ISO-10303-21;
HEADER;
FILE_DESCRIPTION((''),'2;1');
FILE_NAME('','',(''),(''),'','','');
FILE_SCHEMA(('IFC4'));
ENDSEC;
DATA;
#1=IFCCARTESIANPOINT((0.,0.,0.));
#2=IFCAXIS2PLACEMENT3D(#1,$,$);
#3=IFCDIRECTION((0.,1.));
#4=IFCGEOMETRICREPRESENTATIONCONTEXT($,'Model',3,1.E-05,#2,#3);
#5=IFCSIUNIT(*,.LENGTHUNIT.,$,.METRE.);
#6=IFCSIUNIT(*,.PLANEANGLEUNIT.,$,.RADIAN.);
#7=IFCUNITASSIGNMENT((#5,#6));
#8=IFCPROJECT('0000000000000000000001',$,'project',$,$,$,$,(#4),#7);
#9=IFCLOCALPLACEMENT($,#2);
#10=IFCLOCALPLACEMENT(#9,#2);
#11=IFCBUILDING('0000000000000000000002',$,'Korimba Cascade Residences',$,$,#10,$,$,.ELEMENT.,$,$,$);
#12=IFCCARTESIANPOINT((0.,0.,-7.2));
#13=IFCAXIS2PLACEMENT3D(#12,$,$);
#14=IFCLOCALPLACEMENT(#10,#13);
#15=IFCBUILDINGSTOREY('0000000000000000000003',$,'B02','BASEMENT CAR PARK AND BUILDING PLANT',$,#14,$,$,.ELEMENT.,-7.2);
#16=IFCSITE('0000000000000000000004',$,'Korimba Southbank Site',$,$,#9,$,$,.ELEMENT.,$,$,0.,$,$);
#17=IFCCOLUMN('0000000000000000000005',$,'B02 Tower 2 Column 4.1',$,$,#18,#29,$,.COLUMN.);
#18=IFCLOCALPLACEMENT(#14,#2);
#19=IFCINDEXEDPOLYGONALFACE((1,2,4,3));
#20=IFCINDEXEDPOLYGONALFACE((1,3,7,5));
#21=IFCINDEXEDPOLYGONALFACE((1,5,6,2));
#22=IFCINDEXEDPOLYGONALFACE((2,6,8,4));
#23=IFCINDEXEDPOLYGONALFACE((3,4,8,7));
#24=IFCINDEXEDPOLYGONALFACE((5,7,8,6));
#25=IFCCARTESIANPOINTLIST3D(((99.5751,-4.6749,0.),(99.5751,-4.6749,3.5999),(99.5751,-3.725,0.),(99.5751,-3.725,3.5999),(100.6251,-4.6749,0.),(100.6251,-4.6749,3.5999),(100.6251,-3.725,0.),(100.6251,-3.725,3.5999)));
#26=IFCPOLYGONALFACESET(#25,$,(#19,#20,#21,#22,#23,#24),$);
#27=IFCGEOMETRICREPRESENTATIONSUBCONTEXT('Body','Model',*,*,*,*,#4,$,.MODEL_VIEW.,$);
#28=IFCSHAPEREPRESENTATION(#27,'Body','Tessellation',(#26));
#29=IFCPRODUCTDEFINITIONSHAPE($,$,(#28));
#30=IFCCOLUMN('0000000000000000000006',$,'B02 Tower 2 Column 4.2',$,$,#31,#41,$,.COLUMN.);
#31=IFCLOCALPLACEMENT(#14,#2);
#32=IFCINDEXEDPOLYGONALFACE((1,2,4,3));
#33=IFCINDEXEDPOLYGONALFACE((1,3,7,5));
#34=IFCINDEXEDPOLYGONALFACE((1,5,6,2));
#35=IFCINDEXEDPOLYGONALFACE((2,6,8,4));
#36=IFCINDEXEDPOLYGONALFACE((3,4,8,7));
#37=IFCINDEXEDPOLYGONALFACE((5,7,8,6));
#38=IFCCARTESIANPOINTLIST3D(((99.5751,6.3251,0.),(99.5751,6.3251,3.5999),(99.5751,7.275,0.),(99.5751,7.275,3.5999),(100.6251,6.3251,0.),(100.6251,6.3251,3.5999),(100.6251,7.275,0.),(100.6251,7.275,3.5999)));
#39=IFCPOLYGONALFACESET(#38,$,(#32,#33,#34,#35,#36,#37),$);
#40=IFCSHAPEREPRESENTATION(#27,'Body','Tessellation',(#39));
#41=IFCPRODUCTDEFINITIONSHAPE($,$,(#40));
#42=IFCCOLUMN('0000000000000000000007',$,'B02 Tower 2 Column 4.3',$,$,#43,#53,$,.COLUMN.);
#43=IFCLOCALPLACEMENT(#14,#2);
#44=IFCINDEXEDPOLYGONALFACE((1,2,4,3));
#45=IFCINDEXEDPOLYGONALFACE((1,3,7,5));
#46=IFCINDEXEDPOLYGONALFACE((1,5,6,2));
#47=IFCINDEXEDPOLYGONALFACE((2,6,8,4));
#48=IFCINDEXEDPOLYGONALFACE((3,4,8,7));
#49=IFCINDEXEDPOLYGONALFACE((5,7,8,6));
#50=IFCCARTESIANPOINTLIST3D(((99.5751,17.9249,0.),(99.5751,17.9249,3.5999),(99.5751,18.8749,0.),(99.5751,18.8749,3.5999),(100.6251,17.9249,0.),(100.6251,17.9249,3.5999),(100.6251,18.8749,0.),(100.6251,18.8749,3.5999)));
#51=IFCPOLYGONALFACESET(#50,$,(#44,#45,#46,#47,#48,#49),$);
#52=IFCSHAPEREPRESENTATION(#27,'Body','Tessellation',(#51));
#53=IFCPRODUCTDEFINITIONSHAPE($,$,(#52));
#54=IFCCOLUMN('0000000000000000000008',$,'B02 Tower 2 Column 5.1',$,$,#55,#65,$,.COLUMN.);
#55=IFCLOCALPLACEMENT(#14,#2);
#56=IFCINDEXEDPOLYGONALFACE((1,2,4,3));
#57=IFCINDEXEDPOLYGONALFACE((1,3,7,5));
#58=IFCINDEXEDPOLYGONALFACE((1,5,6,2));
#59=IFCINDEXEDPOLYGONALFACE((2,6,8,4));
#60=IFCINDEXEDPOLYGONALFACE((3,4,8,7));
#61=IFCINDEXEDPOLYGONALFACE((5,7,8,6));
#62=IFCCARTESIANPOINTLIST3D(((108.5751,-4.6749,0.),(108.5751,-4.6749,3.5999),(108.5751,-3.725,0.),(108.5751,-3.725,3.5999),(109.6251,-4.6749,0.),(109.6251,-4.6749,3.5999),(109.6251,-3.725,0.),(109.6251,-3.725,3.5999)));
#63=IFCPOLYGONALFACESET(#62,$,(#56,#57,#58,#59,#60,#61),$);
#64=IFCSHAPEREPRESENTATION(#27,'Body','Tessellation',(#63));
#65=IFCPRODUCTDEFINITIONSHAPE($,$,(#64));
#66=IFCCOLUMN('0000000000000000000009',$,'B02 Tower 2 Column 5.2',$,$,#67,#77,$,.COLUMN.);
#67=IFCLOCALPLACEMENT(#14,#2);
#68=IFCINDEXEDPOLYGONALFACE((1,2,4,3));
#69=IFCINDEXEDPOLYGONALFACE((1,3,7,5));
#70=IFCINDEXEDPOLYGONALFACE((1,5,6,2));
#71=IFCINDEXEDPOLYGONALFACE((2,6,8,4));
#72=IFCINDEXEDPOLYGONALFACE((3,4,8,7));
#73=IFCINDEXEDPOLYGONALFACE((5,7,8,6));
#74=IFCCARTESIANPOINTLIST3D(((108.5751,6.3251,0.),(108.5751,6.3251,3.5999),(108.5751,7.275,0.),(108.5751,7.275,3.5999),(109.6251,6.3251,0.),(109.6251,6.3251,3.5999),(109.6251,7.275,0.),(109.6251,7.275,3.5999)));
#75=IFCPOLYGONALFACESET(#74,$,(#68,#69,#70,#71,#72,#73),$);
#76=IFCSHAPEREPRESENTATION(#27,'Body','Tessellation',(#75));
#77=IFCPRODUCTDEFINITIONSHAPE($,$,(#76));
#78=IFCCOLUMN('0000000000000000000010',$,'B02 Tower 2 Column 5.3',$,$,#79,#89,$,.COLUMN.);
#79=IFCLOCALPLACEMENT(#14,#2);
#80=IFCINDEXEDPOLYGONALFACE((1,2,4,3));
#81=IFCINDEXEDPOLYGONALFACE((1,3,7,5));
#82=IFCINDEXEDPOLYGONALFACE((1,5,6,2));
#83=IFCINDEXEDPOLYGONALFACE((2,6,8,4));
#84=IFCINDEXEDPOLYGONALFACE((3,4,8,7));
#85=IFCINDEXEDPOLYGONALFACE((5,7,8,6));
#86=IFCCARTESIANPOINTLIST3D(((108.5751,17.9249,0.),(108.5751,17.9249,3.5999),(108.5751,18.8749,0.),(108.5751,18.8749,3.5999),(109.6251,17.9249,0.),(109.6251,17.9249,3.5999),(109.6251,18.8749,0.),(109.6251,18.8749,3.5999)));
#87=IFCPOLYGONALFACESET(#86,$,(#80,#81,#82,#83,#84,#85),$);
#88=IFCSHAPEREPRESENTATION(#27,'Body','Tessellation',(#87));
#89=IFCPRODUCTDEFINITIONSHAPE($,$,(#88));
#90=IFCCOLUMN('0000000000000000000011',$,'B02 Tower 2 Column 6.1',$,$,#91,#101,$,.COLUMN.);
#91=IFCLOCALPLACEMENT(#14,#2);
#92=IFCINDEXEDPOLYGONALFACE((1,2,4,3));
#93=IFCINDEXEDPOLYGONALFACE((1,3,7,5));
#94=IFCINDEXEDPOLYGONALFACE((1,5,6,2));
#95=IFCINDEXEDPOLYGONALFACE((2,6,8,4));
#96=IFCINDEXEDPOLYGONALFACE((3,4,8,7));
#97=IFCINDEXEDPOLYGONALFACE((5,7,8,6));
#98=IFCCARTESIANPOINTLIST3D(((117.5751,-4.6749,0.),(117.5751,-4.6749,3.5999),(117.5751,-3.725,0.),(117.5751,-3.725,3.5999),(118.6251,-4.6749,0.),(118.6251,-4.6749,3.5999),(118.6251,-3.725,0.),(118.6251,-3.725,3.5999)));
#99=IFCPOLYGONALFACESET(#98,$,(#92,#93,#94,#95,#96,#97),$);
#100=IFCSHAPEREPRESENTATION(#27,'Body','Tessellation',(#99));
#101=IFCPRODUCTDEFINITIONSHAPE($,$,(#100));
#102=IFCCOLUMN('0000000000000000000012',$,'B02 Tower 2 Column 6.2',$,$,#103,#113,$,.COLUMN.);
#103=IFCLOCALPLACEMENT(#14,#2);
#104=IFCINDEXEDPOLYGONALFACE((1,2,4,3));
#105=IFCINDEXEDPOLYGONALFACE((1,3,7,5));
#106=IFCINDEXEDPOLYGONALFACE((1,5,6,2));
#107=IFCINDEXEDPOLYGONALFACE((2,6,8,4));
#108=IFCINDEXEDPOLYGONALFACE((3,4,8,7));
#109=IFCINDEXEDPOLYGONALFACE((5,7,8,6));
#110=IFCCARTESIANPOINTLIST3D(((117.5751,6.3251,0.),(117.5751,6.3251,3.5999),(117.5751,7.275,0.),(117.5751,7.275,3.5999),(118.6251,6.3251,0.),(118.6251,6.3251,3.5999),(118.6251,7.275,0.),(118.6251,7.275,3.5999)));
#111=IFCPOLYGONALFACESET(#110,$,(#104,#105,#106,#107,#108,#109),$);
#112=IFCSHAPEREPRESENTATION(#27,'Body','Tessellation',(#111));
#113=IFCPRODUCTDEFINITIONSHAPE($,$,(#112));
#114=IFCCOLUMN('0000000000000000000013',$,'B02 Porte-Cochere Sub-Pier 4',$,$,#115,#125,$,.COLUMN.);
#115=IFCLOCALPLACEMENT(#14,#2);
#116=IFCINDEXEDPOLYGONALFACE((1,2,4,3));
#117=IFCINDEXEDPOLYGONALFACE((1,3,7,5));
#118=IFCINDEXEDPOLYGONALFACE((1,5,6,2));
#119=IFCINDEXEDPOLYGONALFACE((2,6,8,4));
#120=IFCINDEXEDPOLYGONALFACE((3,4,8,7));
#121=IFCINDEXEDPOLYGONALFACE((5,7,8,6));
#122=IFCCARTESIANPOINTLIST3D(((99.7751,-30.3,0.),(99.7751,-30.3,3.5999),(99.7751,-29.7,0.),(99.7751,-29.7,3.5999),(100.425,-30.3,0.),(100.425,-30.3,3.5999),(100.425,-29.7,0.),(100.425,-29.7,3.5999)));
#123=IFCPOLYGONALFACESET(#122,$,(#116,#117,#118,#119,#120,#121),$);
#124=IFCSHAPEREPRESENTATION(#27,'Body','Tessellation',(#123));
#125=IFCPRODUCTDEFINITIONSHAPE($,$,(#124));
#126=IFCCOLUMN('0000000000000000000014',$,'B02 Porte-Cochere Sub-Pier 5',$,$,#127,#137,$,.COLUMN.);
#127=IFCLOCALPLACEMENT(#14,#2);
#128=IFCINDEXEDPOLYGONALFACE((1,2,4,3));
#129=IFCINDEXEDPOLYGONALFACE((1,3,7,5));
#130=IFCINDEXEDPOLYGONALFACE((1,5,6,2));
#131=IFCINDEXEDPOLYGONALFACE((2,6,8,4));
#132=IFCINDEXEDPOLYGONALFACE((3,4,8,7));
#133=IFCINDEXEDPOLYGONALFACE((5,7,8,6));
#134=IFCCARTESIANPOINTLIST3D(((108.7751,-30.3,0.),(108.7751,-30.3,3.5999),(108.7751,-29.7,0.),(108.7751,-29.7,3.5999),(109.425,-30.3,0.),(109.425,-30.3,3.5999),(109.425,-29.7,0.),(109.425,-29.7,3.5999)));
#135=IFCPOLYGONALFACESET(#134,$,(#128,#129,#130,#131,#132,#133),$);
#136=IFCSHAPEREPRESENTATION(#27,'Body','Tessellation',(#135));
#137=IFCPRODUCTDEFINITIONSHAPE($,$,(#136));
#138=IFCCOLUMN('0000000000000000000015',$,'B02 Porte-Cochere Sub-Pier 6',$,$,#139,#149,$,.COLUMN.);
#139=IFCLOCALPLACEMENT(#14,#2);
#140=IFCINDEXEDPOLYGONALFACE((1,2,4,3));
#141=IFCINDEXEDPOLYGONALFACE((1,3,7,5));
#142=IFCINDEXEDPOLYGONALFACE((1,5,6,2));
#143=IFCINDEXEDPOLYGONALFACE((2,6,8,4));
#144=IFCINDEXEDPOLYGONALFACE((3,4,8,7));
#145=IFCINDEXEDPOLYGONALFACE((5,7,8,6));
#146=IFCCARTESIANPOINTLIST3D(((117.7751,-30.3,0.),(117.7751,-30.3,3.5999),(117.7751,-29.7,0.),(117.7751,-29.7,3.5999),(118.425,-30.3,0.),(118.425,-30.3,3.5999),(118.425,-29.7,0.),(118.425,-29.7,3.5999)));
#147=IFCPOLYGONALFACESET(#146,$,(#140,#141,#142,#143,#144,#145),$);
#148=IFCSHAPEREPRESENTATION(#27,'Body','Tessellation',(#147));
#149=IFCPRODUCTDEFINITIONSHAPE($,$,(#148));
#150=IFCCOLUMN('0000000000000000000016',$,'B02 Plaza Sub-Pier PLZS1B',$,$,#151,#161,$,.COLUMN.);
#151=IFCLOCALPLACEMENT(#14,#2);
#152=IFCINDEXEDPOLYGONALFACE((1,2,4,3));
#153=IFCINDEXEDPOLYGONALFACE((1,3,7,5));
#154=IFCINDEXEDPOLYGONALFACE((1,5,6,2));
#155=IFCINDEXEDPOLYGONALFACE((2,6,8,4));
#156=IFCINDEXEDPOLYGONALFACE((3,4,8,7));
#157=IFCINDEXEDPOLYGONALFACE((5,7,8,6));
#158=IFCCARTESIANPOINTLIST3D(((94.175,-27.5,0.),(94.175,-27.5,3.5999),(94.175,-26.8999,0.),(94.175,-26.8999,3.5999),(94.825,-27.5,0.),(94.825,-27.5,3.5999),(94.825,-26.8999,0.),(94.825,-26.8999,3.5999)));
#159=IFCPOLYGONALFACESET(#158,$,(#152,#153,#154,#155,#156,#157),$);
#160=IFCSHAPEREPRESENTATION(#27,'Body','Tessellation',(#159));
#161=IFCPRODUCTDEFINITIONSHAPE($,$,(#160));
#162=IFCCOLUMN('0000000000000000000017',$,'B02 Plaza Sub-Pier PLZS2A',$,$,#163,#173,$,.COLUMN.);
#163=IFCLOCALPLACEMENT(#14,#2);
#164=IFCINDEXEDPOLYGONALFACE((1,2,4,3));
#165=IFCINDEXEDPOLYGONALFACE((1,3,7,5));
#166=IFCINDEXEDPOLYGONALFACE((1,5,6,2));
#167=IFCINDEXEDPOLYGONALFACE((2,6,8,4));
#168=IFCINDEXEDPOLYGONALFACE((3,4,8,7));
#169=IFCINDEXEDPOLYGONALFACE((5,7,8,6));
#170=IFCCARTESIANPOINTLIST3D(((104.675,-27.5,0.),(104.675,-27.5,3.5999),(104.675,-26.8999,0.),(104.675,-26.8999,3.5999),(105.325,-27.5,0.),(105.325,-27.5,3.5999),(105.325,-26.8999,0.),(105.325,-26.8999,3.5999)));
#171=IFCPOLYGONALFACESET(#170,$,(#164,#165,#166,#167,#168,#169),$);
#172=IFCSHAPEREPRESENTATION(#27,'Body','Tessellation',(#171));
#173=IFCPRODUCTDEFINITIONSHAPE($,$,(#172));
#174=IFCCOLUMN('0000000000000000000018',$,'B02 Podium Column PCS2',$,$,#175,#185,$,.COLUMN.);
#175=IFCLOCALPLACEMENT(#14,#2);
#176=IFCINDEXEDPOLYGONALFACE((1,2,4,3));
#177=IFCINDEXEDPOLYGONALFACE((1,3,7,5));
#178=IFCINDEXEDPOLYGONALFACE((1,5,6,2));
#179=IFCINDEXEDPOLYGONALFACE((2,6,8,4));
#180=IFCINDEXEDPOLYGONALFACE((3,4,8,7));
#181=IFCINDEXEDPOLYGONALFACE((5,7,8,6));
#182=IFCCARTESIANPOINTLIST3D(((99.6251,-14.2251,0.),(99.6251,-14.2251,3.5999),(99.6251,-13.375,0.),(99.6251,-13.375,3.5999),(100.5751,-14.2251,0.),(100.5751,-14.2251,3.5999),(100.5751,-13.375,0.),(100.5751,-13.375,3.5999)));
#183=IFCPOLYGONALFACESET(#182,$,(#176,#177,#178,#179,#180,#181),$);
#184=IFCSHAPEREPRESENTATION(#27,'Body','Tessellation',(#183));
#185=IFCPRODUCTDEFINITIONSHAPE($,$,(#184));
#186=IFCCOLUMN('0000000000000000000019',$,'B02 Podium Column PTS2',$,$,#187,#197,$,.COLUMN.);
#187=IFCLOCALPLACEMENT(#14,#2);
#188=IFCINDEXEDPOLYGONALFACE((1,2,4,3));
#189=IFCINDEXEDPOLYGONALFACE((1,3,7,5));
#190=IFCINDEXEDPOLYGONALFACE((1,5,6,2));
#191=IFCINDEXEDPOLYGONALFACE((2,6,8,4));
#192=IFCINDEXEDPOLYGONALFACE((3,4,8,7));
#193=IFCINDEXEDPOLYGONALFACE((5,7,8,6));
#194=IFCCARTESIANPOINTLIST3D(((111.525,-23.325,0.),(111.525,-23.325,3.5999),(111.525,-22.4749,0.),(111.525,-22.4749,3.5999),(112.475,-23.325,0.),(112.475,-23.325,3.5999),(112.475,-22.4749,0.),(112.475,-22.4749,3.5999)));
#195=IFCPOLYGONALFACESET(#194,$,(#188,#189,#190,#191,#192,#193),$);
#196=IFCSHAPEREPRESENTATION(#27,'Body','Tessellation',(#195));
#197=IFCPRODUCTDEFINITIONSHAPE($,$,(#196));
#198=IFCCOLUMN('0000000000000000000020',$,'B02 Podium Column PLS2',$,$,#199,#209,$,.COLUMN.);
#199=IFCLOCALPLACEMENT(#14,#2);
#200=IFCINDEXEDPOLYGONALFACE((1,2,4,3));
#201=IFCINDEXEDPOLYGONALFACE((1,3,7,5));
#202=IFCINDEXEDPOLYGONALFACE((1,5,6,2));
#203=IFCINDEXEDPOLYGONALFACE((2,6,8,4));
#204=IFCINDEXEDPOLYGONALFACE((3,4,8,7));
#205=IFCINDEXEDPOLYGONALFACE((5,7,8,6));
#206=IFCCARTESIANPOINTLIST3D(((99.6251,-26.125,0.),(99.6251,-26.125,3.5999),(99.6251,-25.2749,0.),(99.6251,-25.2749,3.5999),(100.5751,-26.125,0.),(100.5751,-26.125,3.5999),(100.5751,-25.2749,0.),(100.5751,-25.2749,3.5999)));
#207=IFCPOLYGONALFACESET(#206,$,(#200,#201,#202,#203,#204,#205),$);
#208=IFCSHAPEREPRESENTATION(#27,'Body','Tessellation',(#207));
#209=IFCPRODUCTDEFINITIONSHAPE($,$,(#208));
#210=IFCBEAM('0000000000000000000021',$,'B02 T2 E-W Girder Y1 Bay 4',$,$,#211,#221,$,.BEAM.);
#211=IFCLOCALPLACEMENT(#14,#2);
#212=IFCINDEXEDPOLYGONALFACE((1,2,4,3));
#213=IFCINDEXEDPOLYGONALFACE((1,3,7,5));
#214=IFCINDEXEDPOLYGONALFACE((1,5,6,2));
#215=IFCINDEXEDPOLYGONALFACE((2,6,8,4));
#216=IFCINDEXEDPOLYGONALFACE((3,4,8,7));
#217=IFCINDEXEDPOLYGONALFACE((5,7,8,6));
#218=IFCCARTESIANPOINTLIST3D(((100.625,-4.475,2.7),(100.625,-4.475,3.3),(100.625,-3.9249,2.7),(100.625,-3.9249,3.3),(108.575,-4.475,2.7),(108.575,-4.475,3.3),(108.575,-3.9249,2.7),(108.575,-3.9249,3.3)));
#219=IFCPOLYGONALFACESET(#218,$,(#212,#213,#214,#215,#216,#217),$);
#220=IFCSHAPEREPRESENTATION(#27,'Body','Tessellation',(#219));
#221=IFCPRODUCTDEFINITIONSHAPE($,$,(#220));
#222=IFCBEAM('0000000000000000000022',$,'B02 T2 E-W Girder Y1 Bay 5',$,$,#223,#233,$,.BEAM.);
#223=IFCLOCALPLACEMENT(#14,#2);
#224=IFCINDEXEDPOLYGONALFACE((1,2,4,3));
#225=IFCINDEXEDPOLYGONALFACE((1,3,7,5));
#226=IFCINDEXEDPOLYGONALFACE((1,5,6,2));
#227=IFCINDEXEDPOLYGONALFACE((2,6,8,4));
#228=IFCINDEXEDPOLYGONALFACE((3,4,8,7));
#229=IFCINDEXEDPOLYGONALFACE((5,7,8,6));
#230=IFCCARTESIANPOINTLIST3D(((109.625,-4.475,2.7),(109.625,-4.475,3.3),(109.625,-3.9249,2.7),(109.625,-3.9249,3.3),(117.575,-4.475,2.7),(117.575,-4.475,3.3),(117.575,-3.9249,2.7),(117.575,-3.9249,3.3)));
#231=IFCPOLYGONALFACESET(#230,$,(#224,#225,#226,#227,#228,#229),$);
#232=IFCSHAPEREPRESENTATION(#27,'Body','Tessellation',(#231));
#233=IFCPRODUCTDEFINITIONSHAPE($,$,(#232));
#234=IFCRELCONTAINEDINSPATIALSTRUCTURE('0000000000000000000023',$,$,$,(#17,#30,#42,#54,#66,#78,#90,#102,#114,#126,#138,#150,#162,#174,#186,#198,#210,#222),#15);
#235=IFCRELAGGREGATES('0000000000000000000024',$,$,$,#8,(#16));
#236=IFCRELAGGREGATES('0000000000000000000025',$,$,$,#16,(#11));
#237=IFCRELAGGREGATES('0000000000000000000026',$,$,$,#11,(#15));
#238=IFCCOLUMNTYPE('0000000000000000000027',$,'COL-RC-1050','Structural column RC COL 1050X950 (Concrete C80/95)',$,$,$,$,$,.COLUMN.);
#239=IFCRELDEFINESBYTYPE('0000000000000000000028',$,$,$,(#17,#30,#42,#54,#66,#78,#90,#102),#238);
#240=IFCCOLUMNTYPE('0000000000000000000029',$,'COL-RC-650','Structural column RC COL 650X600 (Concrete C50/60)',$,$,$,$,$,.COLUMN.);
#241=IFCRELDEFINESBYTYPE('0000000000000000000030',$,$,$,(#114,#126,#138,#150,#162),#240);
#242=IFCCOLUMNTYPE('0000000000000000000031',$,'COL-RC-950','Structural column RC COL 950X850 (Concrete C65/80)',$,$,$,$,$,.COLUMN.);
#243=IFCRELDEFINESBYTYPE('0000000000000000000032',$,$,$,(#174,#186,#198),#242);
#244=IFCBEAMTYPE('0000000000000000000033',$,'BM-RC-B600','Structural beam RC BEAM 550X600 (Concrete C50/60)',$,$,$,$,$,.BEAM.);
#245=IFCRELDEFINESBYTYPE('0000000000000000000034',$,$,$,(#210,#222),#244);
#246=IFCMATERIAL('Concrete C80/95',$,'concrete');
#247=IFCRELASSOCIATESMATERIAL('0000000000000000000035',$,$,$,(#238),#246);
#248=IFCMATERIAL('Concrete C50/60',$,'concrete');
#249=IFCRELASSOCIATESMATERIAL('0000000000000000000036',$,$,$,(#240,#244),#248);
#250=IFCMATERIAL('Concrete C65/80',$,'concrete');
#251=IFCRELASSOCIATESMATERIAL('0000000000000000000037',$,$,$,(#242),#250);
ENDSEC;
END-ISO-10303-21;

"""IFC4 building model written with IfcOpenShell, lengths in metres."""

from ifc_helpers import new_model, si_unit, direction, frame, origin, origin_2d, place, context, subcontext, project, spatial, rectangle, extrude, material, material_profile, profile_set, type_object, element, save


model = new_model("IFC4")

# Units and contexts
model_context = context("Model", 3, precision=1e-05, world=origin(), true_north=direction((0.0, 1.0)))
body_context = subcontext(model_context, "Body", "Model", "MODEL_VIEW")
ifc_project = project(units=[si_unit("LENGTHUNIT", "METRE"), si_unit("PLANEANGLEUNIT", "RADIAN")], contexts=[model_context])

# Site, building, storey
site_placement = place(None, origin())
site = spatial("IfcSite", under=ifc_project, at=site_placement, Name="Korimba Southbank Site", CompositionType="ELEMENT", RefElevation=0.0)
building_placement = place(site_placement, origin())
building = spatial("IfcBuilding", under=site, at=building_placement, Name="Korimba Cascade Residences", CompositionType="ELEMENT")
storey_placement = place(building_placement, frame((0.0, 0.0, -7.2)))
storey = spatial("IfcBuildingStorey", under=building, at=storey_placement, Name="B02", Description="BASEMENT CAR PARK AND BUILDING PLANT", CompositionType="ELEMENT", Elevation=-7.2)

# Columns
ifc_material_1 = material(Name="Concrete C80/95", Category="concrete")
ifc_material_profile_1 = material_profile(ifc_material_1, rectangle(XDim=1.05, YDim=0.95, at=origin_2d()), Name="Concrete C80/95")
ifc_profile_set_1 = profile_set([ifc_material_profile_1], Name="Concrete C80/95")
column_type_1 = type_object("IfcColumnType", Name="COL-RC-1050", Description="Structural column RC COL 1050X950 (Concrete C80/95)", PredefinedType="COLUMN", material=ifc_profile_set_1)
for number, where, z_axis, x_axis, name in (
    (1, (100.1001, -4.2, 0.0), (0.0, 0.0, 1.0), (1.0, 0.0, 0.0), "B02 Tower 2 Column 4.1"),
    (2, (100.1001, 6.8, 0.0), (0.0, 0.0, 1.0), (1.0, 0.0, 0.0), "B02 Tower 2 Column 4.2"),
    (3, (100.1001, 18.3999, 0.0), (0.0, 0.0, 1.0), (1.0, 0.0, 0.0), "B02 Tower 2 Column 4.3"),
    (4, (109.1001, -4.2, 0.0), (0.0, 0.0, 1.0), (1.0, 0.0, 0.0), "B02 Tower 2 Column 5.1"),
    (5, (109.1001, 6.8, 0.0), (0.0, 0.0, 1.0), (1.0, 0.0, 0.0), "B02 Tower 2 Column 5.2"),
    (6, (109.1001, 18.3999, 0.0), (0.0, 0.0, 1.0), (1.0, 0.0, 0.0), "B02 Tower 2 Column 5.3"),
    (7, (118.1001, -4.2, 0.0), (0.0, 0.0, 1.0), (1.0, 0.0, 0.0), "B02 Tower 2 Column 6.1"),
    (8, (118.1001, 6.8, 0.0), (0.0, 0.0, 1.0), (1.0, 0.0, 0.0), "B02 Tower 2 Column 6.2"),
):
    element("IfcColumn", number, at=place(storey_placement, frame(where, z_axis=z_axis, x_axis=x_axis)), inside=storey, type_object=column_type_1, Name=name, PredefinedType="COLUMN", context=body_context, shape_type="SweptSolid", body=[
        extrude(rectangle(XDim=1.05, YDim=0.95, at=origin_2d()), origin(), (0.0, 0.0, 1.0), 3.5999),
    ])
ifc_material_2 = material(Name="Concrete C50/60", Category="concrete")
ifc_material_profile_2 = material_profile(ifc_material_2, rectangle(XDim=0.6499, YDim=0.6001, at=origin_2d()), Name="Concrete C50/60")
ifc_profile_set_2 = profile_set([ifc_material_profile_2], Name="Concrete C50/60")
column_type_2 = type_object("IfcColumnType", Name="COL-RC-650", Description="Structural column RC COL 650X600 (Concrete C50/60)", PredefinedType="COLUMN", material=ifc_profile_set_2)
for number, where, z_axis, x_axis, name in (
    (9, (100.1001, -30.0, 0.0), (0.0, 0.0, 1.0), (1.0, 0.0, 0.0), "B02 Porte-Cochere Sub-Pier 4"),
    (10, (109.1001, -30.0, 0.0), (0.0, 0.0, 1.0), (1.0, 0.0, 0.0), "B02 Porte-Cochere Sub-Pier 5"),
    (11, (118.1001, -30.0, 0.0), (0.0, 0.0, 1.0), (1.0, 0.0, 0.0), "B02 Porte-Cochere Sub-Pier 6"),
    (12, (94.5, -27.2, 0.0), (0.0, 0.0, 1.0), (1.0, 0.0, 0.0), "B02 Plaza Sub-Pier PLZS1B"),
    (13, (105.0, -27.2, 0.0), (0.0, 0.0, 1.0), (1.0, 0.0, 0.0), "B02 Plaza Sub-Pier PLZS2A"),
):
    element("IfcColumn", number, at=place(storey_placement, frame(where, z_axis=z_axis, x_axis=x_axis)), inside=storey, type_object=column_type_2, Name=name, PredefinedType="COLUMN", context=body_context, shape_type="SweptSolid", body=[
        extrude(rectangle(XDim=0.6499, YDim=0.6001, at=origin_2d()), origin(), (0.0, 0.0, 1.0), 3.5999),
    ])
ifc_material_3 = material(Name="Concrete C65/80", Category="concrete")
ifc_material_profile_3 = material_profile(ifc_material_3, rectangle(XDim=0.95, YDim=0.8501, at=origin_2d()), Name="Concrete C65/80")
ifc_profile_set_3 = profile_set([ifc_material_profile_3], Name="Concrete C65/80")
column_type_3 = type_object("IfcColumnType", Name="COL-RC-950", Description="Structural column RC COL 950X850 (Concrete C65/80)", PredefinedType="COLUMN", material=ifc_profile_set_3)
for number, where, z_axis, x_axis, name in (
    (14, (100.1001, -13.8, 0.0), (0.0, 0.0, 1.0), (1.0, 0.0, 0.0), "B02 Podium Column PCS2"),
    (15, (112.0, -22.8999, 0.0), (0.0, 0.0, 1.0), (1.0, 0.0, 0.0), "B02 Podium Column PTS2"),
    (16, (100.1001, -25.7, 0.0), (0.0, 0.0, 1.0), (1.0, 0.0, 0.0), "B02 Podium Column PLS2"),
):
    element("IfcColumn", number, at=place(storey_placement, frame(where, z_axis=z_axis, x_axis=x_axis)), inside=storey, type_object=column_type_3, Name=name, PredefinedType="COLUMN", context=body_context, shape_type="SweptSolid", body=[
        extrude(rectangle(XDim=0.95, YDim=0.8501, at=origin_2d()), origin(), (0.0, 0.0, 1.0), 3.5999),
    ])

# Beams
ifc_material_profile_4 = material_profile(ifc_material_2, rectangle(XDim=0.55, YDim=0.6001, at=origin_2d()), Name="Concrete C50/60")
ifc_profile_set_4 = profile_set([ifc_material_profile_4], Name="Concrete C50/60")
beam_type_1 = type_object("IfcBeamType", Name="BM-RC-B600", Description="Structural beam RC BEAM 550X600 (Concrete C50/60)", PredefinedType="BEAM", material=ifc_profile_set_4)
for number, where, z_axis, x_axis, name in (
    (17, (100.625, -4.2, 3.0), (1.0, 0.0, 0.0), (0.0, 1.0, 0.0), "B02 T2 E-W Girder Y1 Bay 4"),
    (18, (109.625, -4.2, 3.0), (1.0, 0.0, 0.0), (0.0, 1.0, 0.0), "B02 T2 E-W Girder Y1 Bay 5"),
):
    element("IfcBeam", number, at=place(storey_placement, frame(where, z_axis=z_axis, x_axis=x_axis)), inside=storey, type_object=beam_type_1, Name=name, PredefinedType="BEAM", context=body_context, shape_type="SweptSolid", body=[
        extrude(rectangle(XDim=0.55, YDim=0.6001, at=origin_2d()), origin(), (0.0, 0.0, 1.0), 7.95),
    ])

save(model, "model.ifc")
